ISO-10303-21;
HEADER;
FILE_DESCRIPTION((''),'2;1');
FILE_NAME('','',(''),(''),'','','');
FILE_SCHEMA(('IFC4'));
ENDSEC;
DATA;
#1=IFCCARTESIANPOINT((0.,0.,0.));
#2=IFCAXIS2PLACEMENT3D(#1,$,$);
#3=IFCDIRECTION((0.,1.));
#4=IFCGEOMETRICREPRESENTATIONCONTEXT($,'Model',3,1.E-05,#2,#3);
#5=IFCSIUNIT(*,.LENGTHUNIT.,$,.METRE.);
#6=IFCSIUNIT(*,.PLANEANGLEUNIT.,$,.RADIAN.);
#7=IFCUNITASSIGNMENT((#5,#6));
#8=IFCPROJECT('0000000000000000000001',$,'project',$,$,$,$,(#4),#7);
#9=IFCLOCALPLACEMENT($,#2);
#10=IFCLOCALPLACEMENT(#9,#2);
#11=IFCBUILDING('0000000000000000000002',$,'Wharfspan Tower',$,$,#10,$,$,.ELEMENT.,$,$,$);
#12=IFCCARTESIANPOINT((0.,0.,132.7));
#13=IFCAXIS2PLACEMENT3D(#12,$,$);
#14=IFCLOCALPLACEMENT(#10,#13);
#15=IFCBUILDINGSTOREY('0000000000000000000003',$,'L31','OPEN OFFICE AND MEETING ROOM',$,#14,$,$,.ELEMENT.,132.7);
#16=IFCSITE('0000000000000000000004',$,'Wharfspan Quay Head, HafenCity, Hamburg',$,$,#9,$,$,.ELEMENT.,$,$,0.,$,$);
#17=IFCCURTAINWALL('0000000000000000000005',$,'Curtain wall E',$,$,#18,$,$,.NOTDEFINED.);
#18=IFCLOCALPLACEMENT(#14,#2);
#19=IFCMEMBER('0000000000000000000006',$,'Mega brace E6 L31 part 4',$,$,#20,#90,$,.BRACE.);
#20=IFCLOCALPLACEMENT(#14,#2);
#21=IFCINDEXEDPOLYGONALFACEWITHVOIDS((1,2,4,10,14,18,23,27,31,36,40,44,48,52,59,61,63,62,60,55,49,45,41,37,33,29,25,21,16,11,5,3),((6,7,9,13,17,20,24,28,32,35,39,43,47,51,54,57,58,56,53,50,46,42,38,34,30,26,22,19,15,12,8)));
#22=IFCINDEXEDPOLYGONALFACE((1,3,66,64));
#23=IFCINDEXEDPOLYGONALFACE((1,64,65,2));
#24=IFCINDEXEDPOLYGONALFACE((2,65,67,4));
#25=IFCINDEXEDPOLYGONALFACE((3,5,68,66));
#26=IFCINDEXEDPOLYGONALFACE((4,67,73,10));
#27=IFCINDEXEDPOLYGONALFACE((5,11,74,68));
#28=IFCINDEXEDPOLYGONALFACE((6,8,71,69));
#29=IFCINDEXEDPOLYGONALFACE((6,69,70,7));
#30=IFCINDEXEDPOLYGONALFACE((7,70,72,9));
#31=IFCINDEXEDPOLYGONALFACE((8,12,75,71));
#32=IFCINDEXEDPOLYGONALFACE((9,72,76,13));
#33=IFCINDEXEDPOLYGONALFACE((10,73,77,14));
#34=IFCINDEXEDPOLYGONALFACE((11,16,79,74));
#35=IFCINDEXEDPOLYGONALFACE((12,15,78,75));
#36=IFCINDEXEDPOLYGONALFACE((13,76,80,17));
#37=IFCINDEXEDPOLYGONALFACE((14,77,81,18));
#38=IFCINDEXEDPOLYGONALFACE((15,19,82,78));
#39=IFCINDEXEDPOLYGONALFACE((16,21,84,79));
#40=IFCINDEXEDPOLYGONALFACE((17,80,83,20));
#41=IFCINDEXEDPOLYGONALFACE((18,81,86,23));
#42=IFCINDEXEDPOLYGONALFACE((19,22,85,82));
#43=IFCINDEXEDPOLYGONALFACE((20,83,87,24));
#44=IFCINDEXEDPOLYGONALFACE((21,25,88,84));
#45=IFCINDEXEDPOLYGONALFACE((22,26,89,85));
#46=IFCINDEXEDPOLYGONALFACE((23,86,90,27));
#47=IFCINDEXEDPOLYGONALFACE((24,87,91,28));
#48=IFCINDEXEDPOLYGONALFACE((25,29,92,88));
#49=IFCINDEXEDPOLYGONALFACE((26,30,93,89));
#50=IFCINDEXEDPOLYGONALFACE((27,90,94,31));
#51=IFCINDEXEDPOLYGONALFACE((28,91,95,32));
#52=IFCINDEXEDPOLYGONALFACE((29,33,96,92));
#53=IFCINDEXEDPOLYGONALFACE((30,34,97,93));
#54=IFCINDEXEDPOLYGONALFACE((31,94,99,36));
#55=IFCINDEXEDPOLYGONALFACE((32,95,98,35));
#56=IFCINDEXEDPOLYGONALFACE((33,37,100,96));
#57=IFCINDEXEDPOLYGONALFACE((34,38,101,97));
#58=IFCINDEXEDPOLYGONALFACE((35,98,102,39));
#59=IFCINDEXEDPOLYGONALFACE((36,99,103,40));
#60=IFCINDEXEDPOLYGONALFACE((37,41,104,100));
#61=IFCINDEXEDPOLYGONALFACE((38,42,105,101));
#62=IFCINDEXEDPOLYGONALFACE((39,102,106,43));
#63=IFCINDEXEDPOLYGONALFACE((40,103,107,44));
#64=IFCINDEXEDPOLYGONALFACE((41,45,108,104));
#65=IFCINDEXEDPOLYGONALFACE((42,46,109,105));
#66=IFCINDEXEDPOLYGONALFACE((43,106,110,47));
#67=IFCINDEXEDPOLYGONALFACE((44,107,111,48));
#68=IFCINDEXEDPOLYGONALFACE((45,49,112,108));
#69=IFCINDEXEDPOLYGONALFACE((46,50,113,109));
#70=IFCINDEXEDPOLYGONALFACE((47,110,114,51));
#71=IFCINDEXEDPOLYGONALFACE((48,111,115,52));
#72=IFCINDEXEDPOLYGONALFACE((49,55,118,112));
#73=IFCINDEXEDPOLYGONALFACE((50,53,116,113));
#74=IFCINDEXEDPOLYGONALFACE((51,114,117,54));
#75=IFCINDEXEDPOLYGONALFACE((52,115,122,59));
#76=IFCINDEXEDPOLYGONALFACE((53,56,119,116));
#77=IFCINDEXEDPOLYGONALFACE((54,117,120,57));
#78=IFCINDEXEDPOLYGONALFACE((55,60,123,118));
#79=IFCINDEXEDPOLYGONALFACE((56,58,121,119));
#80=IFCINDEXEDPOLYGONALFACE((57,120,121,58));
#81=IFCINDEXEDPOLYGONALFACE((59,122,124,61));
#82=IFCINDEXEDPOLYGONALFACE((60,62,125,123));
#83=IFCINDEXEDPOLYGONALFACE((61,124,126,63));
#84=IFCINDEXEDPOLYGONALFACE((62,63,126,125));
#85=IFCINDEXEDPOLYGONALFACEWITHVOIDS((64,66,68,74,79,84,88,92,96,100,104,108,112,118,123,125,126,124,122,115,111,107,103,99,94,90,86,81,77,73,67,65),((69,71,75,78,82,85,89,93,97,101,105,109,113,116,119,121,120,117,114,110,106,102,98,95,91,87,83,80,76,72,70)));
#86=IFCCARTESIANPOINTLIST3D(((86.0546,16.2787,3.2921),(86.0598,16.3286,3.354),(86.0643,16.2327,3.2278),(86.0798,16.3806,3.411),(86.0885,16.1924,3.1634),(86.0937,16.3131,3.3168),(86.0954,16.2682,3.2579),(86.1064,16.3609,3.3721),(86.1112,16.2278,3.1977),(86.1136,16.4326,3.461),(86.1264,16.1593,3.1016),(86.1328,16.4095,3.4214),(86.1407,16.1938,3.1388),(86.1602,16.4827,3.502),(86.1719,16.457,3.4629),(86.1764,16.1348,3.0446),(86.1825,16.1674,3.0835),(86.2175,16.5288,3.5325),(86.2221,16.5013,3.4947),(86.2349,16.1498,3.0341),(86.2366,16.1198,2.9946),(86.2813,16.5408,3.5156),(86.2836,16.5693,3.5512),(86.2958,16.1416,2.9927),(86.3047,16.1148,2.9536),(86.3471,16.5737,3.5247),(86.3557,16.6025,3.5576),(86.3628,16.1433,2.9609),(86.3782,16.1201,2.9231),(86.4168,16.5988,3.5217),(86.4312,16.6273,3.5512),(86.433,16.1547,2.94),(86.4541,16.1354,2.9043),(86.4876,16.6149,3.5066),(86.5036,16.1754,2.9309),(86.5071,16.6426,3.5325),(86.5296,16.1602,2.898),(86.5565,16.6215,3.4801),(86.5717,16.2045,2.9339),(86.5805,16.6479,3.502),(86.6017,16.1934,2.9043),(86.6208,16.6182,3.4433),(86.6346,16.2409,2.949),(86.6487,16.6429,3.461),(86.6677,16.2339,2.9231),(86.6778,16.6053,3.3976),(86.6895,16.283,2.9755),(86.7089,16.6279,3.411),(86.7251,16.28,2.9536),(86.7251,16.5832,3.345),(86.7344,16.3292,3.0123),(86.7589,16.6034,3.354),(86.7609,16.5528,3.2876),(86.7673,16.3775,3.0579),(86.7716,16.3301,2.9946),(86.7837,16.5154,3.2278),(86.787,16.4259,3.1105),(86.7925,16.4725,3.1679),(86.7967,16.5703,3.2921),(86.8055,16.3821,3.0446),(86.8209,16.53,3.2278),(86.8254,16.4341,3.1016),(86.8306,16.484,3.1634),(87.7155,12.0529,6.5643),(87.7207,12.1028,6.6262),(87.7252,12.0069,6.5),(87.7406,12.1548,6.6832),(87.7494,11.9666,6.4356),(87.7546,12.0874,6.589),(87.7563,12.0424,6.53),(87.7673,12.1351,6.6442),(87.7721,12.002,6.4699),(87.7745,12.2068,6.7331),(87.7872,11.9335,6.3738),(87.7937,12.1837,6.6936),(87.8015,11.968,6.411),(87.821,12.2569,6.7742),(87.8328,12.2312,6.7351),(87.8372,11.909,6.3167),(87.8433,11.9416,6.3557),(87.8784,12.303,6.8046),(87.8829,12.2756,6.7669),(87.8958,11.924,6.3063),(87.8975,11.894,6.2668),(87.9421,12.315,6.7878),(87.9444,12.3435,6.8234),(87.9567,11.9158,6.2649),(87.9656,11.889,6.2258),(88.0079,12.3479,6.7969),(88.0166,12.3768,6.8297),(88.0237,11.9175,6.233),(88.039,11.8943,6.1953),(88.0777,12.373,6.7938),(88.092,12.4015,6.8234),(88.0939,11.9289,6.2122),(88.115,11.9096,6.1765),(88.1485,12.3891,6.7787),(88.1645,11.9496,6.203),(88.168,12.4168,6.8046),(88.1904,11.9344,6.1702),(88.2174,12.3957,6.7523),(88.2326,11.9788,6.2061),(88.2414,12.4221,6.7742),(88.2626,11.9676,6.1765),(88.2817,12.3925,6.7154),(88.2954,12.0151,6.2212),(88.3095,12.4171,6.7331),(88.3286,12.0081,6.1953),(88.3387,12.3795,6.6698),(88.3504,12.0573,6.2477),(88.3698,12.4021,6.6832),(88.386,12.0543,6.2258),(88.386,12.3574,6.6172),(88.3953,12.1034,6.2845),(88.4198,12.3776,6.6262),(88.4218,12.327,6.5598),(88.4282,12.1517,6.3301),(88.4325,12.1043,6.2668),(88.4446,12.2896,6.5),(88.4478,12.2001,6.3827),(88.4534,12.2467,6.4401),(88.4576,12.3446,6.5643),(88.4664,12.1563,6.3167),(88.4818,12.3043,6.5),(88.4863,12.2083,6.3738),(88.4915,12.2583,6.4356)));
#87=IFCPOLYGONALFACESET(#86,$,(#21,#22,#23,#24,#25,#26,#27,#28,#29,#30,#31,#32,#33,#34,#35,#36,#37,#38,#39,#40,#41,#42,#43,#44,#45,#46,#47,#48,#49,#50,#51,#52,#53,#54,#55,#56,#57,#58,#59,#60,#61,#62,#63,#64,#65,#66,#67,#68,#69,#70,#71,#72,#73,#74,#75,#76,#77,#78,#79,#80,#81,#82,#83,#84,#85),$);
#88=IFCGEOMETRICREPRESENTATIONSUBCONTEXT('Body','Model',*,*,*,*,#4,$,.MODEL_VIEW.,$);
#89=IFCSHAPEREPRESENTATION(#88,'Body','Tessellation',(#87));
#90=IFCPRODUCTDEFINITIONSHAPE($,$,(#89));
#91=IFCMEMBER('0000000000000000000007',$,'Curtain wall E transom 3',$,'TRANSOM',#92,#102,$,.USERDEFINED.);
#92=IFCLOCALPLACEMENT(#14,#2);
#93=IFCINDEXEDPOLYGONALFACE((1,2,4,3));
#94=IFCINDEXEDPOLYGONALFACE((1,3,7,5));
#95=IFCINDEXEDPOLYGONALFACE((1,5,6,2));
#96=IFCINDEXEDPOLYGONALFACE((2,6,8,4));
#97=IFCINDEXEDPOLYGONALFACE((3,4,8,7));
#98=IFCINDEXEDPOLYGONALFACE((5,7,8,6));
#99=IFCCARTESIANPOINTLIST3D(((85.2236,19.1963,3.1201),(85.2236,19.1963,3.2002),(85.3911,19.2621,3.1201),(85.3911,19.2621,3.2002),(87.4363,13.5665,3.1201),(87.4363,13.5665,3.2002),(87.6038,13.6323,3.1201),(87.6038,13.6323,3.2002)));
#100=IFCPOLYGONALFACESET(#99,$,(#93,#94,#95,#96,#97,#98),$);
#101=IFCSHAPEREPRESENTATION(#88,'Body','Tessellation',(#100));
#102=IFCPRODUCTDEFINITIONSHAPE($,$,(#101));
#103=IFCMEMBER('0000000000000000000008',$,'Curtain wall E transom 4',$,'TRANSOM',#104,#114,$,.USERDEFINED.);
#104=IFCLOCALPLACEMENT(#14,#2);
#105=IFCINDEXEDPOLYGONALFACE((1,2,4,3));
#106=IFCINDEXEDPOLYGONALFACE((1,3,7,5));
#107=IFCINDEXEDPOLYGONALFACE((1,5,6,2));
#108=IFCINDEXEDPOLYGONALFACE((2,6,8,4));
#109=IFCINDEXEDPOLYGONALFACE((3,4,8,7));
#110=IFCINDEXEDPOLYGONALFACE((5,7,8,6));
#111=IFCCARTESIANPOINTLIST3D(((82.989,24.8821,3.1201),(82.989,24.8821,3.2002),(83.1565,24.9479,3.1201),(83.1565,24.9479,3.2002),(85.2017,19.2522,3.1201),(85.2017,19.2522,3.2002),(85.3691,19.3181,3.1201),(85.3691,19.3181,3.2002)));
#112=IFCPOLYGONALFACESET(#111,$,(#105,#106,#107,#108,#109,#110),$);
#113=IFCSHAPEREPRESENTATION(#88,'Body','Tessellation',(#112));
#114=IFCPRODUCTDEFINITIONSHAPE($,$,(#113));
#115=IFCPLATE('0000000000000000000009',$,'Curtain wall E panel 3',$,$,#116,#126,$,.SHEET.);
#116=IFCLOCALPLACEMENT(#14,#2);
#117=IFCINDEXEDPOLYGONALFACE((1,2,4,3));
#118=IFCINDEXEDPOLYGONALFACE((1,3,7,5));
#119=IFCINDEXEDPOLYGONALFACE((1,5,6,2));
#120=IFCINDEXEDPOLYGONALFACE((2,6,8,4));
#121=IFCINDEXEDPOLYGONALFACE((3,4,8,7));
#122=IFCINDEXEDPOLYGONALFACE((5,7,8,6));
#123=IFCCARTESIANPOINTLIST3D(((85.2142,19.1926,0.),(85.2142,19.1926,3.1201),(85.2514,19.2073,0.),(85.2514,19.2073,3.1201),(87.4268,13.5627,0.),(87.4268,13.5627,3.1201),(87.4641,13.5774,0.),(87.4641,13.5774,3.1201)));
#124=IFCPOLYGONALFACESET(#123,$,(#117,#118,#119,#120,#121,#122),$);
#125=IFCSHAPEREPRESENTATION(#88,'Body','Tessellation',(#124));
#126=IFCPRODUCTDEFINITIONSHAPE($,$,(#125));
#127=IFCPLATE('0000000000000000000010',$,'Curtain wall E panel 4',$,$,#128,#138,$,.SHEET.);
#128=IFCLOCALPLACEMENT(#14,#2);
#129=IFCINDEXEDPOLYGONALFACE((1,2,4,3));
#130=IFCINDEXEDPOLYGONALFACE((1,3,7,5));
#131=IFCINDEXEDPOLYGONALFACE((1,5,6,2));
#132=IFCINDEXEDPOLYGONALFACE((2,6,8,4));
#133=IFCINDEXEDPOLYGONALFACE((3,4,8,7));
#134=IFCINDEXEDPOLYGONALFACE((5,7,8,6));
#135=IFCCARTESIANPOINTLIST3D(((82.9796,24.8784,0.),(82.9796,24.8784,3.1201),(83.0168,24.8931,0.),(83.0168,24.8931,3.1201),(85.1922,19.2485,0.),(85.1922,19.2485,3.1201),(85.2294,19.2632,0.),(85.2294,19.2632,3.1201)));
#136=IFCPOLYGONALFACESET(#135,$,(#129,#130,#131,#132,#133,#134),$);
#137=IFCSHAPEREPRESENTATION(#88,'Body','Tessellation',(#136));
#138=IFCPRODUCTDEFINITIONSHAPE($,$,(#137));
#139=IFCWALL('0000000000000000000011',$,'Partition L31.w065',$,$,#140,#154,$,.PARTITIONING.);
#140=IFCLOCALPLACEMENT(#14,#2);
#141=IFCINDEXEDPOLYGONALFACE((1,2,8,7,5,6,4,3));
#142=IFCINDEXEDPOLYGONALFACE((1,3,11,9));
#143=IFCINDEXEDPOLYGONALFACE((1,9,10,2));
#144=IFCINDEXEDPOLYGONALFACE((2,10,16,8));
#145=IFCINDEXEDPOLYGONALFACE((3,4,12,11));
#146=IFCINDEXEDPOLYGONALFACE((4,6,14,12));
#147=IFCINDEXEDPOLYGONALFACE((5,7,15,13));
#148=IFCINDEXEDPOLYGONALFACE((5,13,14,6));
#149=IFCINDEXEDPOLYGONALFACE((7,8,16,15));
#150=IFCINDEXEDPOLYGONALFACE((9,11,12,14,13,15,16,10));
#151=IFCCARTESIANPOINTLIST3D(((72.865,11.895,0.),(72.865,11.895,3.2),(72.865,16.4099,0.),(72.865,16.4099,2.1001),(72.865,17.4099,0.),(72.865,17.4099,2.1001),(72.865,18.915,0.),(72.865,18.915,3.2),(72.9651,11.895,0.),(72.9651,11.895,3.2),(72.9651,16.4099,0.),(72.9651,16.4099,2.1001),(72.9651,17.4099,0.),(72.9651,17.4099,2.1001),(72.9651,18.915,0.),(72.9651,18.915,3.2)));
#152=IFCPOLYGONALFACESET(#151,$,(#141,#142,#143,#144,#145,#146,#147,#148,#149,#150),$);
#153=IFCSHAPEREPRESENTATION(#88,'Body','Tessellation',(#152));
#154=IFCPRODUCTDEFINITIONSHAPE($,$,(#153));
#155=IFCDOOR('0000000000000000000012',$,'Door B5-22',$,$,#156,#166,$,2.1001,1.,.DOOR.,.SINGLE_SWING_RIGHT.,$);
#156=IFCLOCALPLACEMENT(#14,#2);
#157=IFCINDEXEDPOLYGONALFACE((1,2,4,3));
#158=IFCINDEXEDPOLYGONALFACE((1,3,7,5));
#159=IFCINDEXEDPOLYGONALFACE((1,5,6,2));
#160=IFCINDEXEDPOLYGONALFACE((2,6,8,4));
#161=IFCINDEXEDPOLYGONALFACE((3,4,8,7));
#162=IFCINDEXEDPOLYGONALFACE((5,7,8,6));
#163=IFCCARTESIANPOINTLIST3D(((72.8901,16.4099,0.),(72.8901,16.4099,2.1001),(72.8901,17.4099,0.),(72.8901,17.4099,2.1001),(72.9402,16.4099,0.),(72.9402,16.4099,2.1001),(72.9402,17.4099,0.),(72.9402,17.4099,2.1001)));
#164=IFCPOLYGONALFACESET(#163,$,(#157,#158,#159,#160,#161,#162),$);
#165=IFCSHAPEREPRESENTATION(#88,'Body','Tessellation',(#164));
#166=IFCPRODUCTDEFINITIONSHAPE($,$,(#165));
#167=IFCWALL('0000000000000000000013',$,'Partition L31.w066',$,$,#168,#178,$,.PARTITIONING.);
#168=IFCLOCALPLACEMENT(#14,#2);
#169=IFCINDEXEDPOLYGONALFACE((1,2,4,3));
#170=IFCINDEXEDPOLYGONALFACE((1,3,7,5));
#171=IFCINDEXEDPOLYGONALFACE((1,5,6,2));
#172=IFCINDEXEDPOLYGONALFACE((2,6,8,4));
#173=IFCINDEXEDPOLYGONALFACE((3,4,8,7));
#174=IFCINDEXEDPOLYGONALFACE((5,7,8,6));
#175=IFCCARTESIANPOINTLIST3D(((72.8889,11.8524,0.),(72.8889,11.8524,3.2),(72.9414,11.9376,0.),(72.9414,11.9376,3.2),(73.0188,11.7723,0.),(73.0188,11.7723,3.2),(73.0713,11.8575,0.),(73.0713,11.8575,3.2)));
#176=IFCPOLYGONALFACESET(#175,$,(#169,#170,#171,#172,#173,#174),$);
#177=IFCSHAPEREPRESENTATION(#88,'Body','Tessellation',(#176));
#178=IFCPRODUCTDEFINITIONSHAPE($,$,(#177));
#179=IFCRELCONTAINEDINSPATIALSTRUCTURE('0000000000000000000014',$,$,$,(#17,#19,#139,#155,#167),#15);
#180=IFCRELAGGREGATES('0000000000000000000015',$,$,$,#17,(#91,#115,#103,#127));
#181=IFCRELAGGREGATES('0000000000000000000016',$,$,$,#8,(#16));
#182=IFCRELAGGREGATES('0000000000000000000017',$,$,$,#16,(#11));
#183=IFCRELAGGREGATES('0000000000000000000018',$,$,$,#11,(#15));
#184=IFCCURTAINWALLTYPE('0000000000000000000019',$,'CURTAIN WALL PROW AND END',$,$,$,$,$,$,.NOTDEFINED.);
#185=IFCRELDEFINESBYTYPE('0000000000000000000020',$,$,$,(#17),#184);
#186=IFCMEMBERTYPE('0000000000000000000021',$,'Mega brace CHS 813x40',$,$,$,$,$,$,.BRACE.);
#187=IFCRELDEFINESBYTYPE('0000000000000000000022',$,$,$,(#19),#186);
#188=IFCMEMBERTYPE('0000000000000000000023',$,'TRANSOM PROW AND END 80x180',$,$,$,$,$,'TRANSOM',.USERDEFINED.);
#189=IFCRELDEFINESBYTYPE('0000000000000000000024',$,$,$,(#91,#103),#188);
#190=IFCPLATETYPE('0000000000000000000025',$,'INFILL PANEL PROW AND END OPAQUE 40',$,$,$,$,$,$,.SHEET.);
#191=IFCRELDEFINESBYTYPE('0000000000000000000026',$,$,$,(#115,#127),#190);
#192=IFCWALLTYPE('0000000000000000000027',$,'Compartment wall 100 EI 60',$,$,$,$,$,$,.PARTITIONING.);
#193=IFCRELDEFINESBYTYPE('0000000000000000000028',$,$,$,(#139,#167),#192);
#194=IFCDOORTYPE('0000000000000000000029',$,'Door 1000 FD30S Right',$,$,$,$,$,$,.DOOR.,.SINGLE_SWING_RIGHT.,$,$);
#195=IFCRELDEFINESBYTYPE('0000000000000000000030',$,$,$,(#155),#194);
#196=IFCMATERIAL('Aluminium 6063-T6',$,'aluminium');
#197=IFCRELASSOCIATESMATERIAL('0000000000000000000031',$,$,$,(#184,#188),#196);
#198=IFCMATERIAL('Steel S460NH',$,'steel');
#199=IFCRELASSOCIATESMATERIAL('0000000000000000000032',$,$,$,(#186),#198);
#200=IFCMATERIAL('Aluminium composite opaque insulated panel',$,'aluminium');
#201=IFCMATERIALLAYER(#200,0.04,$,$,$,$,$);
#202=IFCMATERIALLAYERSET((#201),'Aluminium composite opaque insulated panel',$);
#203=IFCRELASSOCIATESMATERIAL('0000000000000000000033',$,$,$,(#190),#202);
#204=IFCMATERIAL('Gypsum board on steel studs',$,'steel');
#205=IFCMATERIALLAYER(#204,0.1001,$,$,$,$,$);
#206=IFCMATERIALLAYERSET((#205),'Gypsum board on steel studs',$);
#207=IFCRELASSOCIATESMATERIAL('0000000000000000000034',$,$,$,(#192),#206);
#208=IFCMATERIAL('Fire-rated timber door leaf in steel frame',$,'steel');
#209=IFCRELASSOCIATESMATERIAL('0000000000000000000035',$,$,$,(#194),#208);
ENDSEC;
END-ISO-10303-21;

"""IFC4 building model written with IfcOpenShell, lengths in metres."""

from ifc_helpers import new_model, si_unit, direction, frame, frame_2d, origin, origin_2d, place, context, subcontext, project, spatial, rectangle, hollow_circle, extrude, material, layer, layer_set, material_profile, profile_set, type_object, element, fill, aggregate, save


model = new_model("IFC4")

# Units and contexts
model_context = context("Model", 3, precision=1e-05, world=origin(), true_north=direction((0.0, 1.0)))
body_context = subcontext(model_context, "Body", "Model", "MODEL_VIEW")
ifc_project = project(units=[si_unit("LENGTHUNIT", "METRE"), si_unit("PLANEANGLEUNIT", "RADIAN")], contexts=[model_context])

# Site, building, storey
site_placement = place(None, origin())
site = spatial("IfcSite", under=ifc_project, at=site_placement, Name="Wharfspan Quay Head, HafenCity, Hamburg", CompositionType="ELEMENT", RefElevation=0.0)
building_placement = place(site_placement, origin())
building = spatial("IfcBuilding", under=site, at=building_placement, Name="Wharfspan Tower", CompositionType="ELEMENT")
storey_placement = place(building_placement, frame((0.0, 0.0, 132.7)))
storey = spatial("IfcBuildingStorey", under=building, at=storey_placement, Name="L31", Description="OPEN OFFICE AND MEETING ROOM", CompositionType="ELEMENT", Elevation=132.7)

# Curtain wall
ifc_material_1 = material(Name="Aluminium 6063-T6", Category="aluminium")
curtain_wall_type = type_object("IfcCurtainWallType", Name="CURTAIN WALL PROW AND END", PredefinedType="NOTDEFINED", material=ifc_material_1)
curtain_wall_placement = place(storey_placement, origin())
curtain_wall = element("IfcCurtainWall", 1, at=curtain_wall_placement, inside=storey, type_object=curtain_wall_type, Name="Curtain wall E", PredefinedType="NOTDEFINED")

# Member
ifc_material_2 = material(Name="Steel S460NH", Category="steel")
ifc_material_profile_1 = material_profile(ifc_material_2, hollow_circle(Radius=0.4065, WallThickness=0.04, at=origin_2d()))
ifc_profile_set_1 = profile_set([ifc_material_profile_1], Name="Steel S460NH")
member_type_1 = type_object("IfcMemberType", Name="Mega brace CHS 813x40", PredefinedType="BRACE", material=ifc_profile_set_1)
member_1_placement = place(storey_placement, frame((86.4426, 16.3813, 3.2278), z_axis=(0.29676, -0.755051, 0.584664), x_axis=(0.930695, 0.365797, 0.000004)))
element("IfcMember", 2, at=member_1_placement, inside=storey, type_object=member_type_1, Name="Mega brace E6 L31 part 4", PredefinedType="BRACE", context=body_context, shape_type="SweptSolid", body=[
    extrude(hollow_circle(Radius=0.4065, WallThickness=0.04, at=origin_2d()), origin(), (0.0, 0.0, 1.0), 5.5967),
])

# Members
ifc_material_profile_2 = material_profile(ifc_material_1, rectangle(XDim=0.1799, YDim=0.0801, at=origin_2d()))
ifc_profile_set_2 = profile_set([ifc_material_profile_2], Name="Aluminium 6063-T6")
member_type_2 = type_object("IfcMemberType", Name="TRANSOM PROW AND END 80x180", ElementType="TRANSOM", PredefinedType="USERDEFINED", material=ifc_profile_set_2)
member_2_placement = place(storey_placement, frame((87.52, 13.5994, 3.1602), z_axis=(-0.365782, 0.9307, 0.0), x_axis=(-0.9307, -0.365782, 0.0)))
member_2 = element("IfcMember", 3, at=member_2_placement, type_object=member_type_2, Name="Curtain wall E transom 3", ObjectType="TRANSOM", PredefinedType="USERDEFINED", context=body_context, shape_type="SweptSolid", body=[
    extrude(rectangle(XDim=0.1799, YDim=0.0801, at=origin_2d()), origin(), (0.0, 0.0, 1.0), 6.0491),
])
member_3_placement = place(storey_placement, frame((85.2854, 19.2852, 3.1602), z_axis=(-0.365782, 0.9307, 0.0), x_axis=(-0.9307, -0.365782, 0.0)))
member_3 = element("IfcMember", 4, at=member_3_placement, type_object=member_type_2, Name="Curtain wall E transom 4", ObjectType="TRANSOM", PredefinedType="USERDEFINED", context=body_context, shape_type="SweptSolid", body=[
    extrude(rectangle(XDim=0.1799, YDim=0.0801, at=origin_2d()), origin(), (0.0, 0.0, 1.0), 6.0491),
])

# Plates
ifc_material_3 = material(Name="Aluminium composite opaque insulated panel", Category="aluminium")
ifc_layer_1 = layer(ifc_material_3, 0.04)
ifc_layer_set_1 = layer_set([ifc_layer_1], Name="Aluminium composite opaque insulated panel")
plate_type = type_object("IfcPlateType", Name="INFILL PANEL PROW AND END OPAQUE 40", PredefinedType="SHEET", material=ifc_layer_set_1)
plate_1_placement = place(storey_placement, frame((86.3391, 16.385, 0.0), z_axis=(0.0, 0.0, 1.0), x_axis=(-0.365778, 0.930702, 0.0)))
plate_1 = element("IfcPlate", 5, at=plate_1_placement, type_object=plate_type, Name="Curtain wall E panel 3", PredefinedType="SHEET", context=body_context, shape_type="SweptSolid", body=[
    extrude(rectangle(XDim=6.0491, YDim=0.04, at=origin_2d()), origin(), (0.0, 0.0, 1.0), 3.1201),
])
plate_2_placement = place(storey_placement, frame((84.1045, 22.0708, 0.0), z_axis=(0.0, 0.0, 1.0), x_axis=(-0.365778, 0.930702, 0.0)))
plate_2 = element("IfcPlate", 6, at=plate_2_placement, type_object=plate_type, Name="Curtain wall E panel 4", PredefinedType="SHEET", context=body_context, shape_type="SweptSolid", body=[
    extrude(rectangle(XDim=6.0491, YDim=0.04, at=origin_2d()), origin(), (0.0, 0.0, 1.0), 3.1201),
])
aggregate(curtain_wall, [member_2, plate_1, member_3, plate_2])

# Wall, opening, door
ifc_material_4 = material(Name="Gypsum board on steel studs", Category="steel")
ifc_layer_2 = layer(ifc_material_4, 0.1001)
ifc_layer_set_2 = layer_set([ifc_layer_2], Name="Gypsum board on steel studs")
wall_type_1 = type_object("IfcWallType", Name="Compartment wall 100 EI 60", PredefinedType="PARTITIONING", material=ifc_layer_set_2)
wall_1_placement = place(storey_placement, frame((72.915, 11.895, 0.0), z_axis=(0.0, 0.0, 1.0), x_axis=(0.0, 1.0, 0.0)))
wall_1 = element("IfcWall", 7, at=wall_1_placement, inside=storey, type_object=wall_type_1, Name="Partition L31.w065", PredefinedType="PARTITIONING", context=body_context, shape_type="SweptSolid", body=[
    extrude(rectangle(XDim=7.02, YDim=0.1001, at=frame_2d((3.51, 0.0))), origin(), (0.0, 0.0, 1.0), 3.2),
])
opening_1_placement = place(wall_1_placement, frame((4.5149, 0.0, 0.0)))
opening_1 = element("IfcOpeningElement", 8, at=opening_1_placement, cuts=wall_1, PredefinedType="OPENING", context=body_context, shape_type="SweptSolid", body=[
    extrude(rectangle(XDim=1.0, YDim=2.1001, at=frame_2d((0.5, 1.05))), frame((0.0, 0.0601, 0.0), z_axis=(0.0, -1.0, 0.0), x_axis=(1.0, 0.0, 0.0)), (0.0, 0.0, 1.0), 0.1201),
])
ifc_material_5 = material(Name="Fire-rated timber door leaf in steel frame", Category="steel")
door_type_1 = type_object("IfcDoorType", Name="Door 1000 FD30S Right", OperationType="SINGLE_SWING_RIGHT", PredefinedType="DOOR", material=ifc_material_5)
door_1_placement = place(opening_1_placement, origin())
door_1 = element("IfcDoor", 9, at=door_1_placement, inside=storey, type_object=door_type_1, Name="Door B5-22", OperationType="SINGLE_SWING_RIGHT", OverallHeight=2.1001, OverallWidth=1.0, PredefinedType="DOOR", context=body_context, shape_type="SweptSolid", body=[
    extrude(rectangle(XDim=1.0, YDim=2.1001, at=frame_2d((0.5, 1.05))), frame((0.0, 0.0249, 0.0), z_axis=(0.0, -1.0, 0.0), x_axis=(1.0, 0.0, 0.0)), (0.0, 0.0, 1.0), 0.05),
])
fill(opening_1, door_1)

# Wall
wall_2_placement = place(storey_placement, frame((73.0449, 11.8149, 0.0), z_axis=(0.0, 0.0, 1.0), x_axis=(-0.851221, 0.524813, 0.0)))
element("IfcWall", 10, at=wall_2_placement, inside=storey, type_object=wall_type_1, Name="Partition L31.w066", PredefinedType="PARTITIONING", context=body_context, shape_type="SweptSolid", body=[
    extrude(rectangle(XDim=0.1526, YDim=0.1001, at=frame_2d((0.0762, 0.0))), origin(), (0.0, 0.0, 1.0), 3.2),
])

save(model, "model.ifc")
